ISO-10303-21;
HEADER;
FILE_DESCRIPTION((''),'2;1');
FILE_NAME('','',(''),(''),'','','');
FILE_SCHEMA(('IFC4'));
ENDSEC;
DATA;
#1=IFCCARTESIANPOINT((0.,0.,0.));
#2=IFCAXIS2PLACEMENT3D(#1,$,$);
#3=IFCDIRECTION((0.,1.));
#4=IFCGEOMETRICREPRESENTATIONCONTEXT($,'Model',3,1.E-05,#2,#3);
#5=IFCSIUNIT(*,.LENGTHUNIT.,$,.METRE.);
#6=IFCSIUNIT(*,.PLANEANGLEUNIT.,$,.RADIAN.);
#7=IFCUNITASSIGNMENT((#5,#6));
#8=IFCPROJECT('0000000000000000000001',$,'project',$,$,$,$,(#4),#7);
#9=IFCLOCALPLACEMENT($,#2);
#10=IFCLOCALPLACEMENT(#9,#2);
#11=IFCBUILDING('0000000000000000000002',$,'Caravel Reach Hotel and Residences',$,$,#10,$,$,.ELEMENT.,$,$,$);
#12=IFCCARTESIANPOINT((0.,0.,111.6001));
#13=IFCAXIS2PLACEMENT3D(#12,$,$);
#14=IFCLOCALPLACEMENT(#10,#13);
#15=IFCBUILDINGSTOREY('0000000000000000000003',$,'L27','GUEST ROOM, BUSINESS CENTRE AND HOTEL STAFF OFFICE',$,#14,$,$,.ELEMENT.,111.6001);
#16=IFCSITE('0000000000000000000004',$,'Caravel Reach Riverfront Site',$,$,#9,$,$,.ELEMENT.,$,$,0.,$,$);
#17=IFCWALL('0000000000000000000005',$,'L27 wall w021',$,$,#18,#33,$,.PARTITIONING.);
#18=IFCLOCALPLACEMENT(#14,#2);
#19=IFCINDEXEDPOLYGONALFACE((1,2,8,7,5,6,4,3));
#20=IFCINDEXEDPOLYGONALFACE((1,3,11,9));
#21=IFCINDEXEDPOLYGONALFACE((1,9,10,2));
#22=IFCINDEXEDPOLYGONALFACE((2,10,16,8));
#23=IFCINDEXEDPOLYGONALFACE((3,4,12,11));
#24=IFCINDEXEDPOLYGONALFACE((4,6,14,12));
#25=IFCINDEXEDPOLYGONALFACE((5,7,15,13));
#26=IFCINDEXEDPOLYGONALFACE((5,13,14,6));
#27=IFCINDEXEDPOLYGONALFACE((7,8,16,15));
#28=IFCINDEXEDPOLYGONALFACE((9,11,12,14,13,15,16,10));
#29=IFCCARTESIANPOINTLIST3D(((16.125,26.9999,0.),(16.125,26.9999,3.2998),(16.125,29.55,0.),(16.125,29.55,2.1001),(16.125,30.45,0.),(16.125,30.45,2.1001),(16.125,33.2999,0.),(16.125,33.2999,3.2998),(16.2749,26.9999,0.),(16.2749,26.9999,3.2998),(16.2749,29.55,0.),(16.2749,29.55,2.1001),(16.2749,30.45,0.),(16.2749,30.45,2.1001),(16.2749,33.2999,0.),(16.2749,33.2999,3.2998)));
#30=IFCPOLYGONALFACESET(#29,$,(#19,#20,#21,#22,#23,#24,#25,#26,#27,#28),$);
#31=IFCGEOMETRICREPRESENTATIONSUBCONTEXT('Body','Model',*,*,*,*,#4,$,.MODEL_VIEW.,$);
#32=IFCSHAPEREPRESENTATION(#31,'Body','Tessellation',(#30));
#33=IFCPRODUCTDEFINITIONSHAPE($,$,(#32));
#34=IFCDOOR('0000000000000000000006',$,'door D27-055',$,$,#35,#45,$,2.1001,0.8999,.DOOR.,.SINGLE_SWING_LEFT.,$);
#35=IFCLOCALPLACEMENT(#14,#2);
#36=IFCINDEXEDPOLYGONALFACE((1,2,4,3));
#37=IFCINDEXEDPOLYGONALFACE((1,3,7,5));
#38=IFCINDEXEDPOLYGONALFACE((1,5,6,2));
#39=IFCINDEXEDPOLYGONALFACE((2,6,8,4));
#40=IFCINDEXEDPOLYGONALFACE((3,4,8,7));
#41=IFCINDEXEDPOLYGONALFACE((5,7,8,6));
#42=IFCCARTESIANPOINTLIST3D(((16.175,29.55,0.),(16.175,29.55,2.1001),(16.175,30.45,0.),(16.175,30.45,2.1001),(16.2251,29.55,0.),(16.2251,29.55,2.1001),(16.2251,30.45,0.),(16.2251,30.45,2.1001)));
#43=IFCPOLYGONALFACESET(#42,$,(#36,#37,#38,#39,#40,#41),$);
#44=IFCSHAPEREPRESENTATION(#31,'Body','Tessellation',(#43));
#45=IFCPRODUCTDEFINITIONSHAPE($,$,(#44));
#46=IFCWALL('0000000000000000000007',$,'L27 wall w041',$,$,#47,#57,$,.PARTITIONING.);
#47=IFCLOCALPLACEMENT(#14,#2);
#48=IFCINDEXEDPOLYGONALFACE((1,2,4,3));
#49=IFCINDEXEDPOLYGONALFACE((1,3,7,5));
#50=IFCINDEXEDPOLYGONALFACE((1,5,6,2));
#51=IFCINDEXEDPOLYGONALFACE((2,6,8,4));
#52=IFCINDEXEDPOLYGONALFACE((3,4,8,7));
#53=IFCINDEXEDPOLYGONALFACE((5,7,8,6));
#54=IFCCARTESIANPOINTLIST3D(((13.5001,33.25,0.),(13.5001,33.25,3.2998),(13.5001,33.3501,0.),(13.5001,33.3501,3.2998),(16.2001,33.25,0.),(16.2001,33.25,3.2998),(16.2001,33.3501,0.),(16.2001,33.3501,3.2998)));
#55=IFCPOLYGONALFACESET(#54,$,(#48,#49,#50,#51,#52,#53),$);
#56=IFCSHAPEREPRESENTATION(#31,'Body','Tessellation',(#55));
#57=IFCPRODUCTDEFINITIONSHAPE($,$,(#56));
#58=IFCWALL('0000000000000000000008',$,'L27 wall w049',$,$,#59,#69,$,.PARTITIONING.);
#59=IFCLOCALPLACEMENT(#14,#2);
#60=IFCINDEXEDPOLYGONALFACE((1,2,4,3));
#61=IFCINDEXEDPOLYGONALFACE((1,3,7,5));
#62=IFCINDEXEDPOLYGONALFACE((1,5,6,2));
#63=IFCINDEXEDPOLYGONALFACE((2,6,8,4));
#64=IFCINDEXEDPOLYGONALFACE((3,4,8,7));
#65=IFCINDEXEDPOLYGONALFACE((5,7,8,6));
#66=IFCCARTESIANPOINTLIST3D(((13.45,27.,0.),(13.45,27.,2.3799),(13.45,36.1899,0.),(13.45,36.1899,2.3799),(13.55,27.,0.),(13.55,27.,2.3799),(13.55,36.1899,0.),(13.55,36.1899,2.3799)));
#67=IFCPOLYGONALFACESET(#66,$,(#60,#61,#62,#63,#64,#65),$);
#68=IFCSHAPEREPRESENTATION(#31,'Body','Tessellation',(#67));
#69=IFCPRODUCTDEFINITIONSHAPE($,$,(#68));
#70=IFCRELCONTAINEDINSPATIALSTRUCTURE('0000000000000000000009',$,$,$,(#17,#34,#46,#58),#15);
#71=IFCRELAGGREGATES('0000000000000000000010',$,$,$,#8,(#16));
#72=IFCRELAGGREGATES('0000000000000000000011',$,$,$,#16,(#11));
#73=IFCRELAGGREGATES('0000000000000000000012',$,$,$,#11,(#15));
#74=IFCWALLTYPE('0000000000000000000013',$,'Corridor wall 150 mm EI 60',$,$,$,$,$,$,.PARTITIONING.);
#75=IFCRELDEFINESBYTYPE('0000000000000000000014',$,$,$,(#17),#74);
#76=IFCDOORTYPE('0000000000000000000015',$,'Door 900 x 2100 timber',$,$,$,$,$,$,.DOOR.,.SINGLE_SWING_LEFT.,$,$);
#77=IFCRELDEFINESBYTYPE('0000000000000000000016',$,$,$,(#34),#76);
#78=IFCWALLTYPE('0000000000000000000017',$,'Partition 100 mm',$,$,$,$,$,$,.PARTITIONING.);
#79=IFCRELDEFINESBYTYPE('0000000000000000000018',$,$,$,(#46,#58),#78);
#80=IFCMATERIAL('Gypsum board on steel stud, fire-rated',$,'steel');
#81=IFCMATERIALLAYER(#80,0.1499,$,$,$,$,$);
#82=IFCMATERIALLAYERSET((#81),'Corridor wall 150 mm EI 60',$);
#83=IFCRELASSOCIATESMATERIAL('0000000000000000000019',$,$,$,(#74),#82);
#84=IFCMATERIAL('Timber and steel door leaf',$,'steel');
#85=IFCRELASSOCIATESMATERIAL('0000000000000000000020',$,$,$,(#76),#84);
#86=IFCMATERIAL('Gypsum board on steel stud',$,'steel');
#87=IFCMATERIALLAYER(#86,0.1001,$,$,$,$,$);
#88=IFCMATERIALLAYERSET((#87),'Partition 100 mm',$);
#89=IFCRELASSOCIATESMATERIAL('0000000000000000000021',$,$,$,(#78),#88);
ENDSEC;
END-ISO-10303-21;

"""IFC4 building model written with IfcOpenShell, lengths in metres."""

from ifc_helpers import new_model, si_unit, direction, frame, frame_2d, origin, place, context, subcontext, project, spatial, rectangle, extrude, material, layer, layer_set, type_object, element, fill, save


model = new_model("IFC4")

# Units and contexts
model_context = context("Model", 3, precision=1e-05, world=origin(), true_north=direction((0.0, 1.0)))
body_context = subcontext(model_context, "Body", "Model", "MODEL_VIEW")
ifc_project = project(units=[si_unit("LENGTHUNIT", "METRE"), si_unit("PLANEANGLEUNIT", "RADIAN")], contexts=[model_context])

# Site, building, storey
site_placement = place(None, origin())
site = spatial("IfcSite", under=ifc_project, at=site_placement, Name="Caravel Reach Riverfront Site", CompositionType="ELEMENT", RefElevation=0.0)
building_placement = place(site_placement, origin())
building = spatial("IfcBuilding", under=site, at=building_placement, Name="Caravel Reach Hotel and Residences", CompositionType="ELEMENT")
storey_placement = place(building_placement, frame((0.0, 0.0, 111.6001)))
storey = spatial("IfcBuildingStorey", under=building, at=storey_placement, Name="L27", Description="GUEST ROOM, BUSINESS CENTRE AND HOTEL STAFF OFFICE", CompositionType="ELEMENT", Elevation=111.6001)

# Shared definitions
ifc_material_1 = material(Name="Gypsum board on steel stud, fire-rated", Category="steel")
ifc_layer_1 = layer(ifc_material_1, 0.1499)
ifc_layer_set_1 = layer_set([ifc_layer_1], Name="Corridor wall 150 mm EI 60")
wall_type_1 = type_object("IfcWallType", Name="Corridor wall 150 mm EI 60", PredefinedType="PARTITIONING", material=ifc_layer_set_1)
ifc_material_2 = material(Name="Timber and steel door leaf", Category="steel")
door_type_1 = type_object("IfcDoorType", Name="Door 900 x 2100 timber", OperationType="SINGLE_SWING_LEFT", PredefinedType="DOOR", material=ifc_material_2)

# Wall, opening, door
wall_1_placement = place(storey_placement, frame((16.2, 27.0, 0.0), z_axis=(0.0, 0.0, 1.0), x_axis=(0.0, 1.0, 0.0)))
wall_1 = element("IfcWall", 1, at=wall_1_placement, inside=storey, type_object=wall_type_1, Name="L27 wall w021", PredefinedType="PARTITIONING", context=body_context, shape_type="SweptSolid", body=[
    extrude(rectangle(XDim=6.3, YDim=0.1499, at=frame_2d((3.1499, 0.0))), origin(), (0.0, 0.0, 1.0), 3.2998),
])
opening_1_placement = place(wall_1_placement, frame((2.55, 0.0, 0.0)))
opening_1 = element("IfcOpeningElement", 2, at=opening_1_placement, cuts=wall_1, PredefinedType="OPENING", context=body_context, shape_type="SweptSolid", body=[
    extrude(rectangle(XDim=0.8999, YDim=2.1001, at=frame_2d((0.45, 1.05))), frame((0.0, 0.085, 0.0), z_axis=(0.0, -1.0, 0.0), x_axis=(1.0, 0.0, 0.0)), (0.0, 0.0, 1.0), 0.1699),
])
door_1_placement = place(opening_1_placement, origin())
door_1 = element("IfcDoor", 3, at=door_1_placement, inside=storey, type_object=door_type_1, Name="door D27-055", OperationType="SINGLE_SWING_LEFT", OverallHeight=2.1001, OverallWidth=0.8999, PredefinedType="DOOR", context=body_context, shape_type="SweptSolid", body=[
    extrude(rectangle(XDim=0.8999, YDim=2.1001, at=frame_2d((0.45, 1.05))), frame((0.0, 0.0249, 0.0), z_axis=(0.0, -1.0, 0.0), x_axis=(1.0, 0.0, 0.0)), (0.0, 0.0, 1.0), 0.05),
])
fill(opening_1, door_1)

# Walls
ifc_material_3 = material(Name="Gypsum board on steel stud", Category="steel")
ifc_layer_2 = layer(ifc_material_3, 0.1001)
ifc_layer_set_2 = layer_set([ifc_layer_2], Name="Partition 100 mm")
wall_type_2 = type_object("IfcWallType", Name="Partition 100 mm", PredefinedType="PARTITIONING", material=ifc_layer_set_2)
wall_2_placement = place(storey_placement, frame((13.5, 33.3, 0.0), z_axis=(0.0, 0.0, 1.0), x_axis=(1.0, 0.0, 0.0)))
element("IfcWall", 4, at=wall_2_placement, inside=storey, type_object=wall_type_2, Name="L27 wall w041", PredefinedType="PARTITIONING", context=body_context, shape_type="SweptSolid", body=[
    extrude(rectangle(XDim=2.7, YDim=0.1001, at=frame_2d((1.3501, 0.0))), origin(), (0.0, 0.0, 1.0), 3.2998),
])
wall_3_placement = place(storey_placement, frame((13.5, 27.0, 0.0), z_axis=(0.0, 0.0, 1.0), x_axis=(0.0, 1.0, 0.0)))
element("IfcWall", 5, at=wall_3_placement, inside=storey, type_object=wall_type_2, Name="L27 wall w049", PredefinedType="PARTITIONING", context=body_context, shape_type="SweptSolid", body=[
    extrude(rectangle(XDim=9.1899, YDim=0.1001, at=frame_2d((4.595, 0.0))), origin(), (0.0, 0.0, 1.0), 2.3799),
])

save(model, "model.ifc")
